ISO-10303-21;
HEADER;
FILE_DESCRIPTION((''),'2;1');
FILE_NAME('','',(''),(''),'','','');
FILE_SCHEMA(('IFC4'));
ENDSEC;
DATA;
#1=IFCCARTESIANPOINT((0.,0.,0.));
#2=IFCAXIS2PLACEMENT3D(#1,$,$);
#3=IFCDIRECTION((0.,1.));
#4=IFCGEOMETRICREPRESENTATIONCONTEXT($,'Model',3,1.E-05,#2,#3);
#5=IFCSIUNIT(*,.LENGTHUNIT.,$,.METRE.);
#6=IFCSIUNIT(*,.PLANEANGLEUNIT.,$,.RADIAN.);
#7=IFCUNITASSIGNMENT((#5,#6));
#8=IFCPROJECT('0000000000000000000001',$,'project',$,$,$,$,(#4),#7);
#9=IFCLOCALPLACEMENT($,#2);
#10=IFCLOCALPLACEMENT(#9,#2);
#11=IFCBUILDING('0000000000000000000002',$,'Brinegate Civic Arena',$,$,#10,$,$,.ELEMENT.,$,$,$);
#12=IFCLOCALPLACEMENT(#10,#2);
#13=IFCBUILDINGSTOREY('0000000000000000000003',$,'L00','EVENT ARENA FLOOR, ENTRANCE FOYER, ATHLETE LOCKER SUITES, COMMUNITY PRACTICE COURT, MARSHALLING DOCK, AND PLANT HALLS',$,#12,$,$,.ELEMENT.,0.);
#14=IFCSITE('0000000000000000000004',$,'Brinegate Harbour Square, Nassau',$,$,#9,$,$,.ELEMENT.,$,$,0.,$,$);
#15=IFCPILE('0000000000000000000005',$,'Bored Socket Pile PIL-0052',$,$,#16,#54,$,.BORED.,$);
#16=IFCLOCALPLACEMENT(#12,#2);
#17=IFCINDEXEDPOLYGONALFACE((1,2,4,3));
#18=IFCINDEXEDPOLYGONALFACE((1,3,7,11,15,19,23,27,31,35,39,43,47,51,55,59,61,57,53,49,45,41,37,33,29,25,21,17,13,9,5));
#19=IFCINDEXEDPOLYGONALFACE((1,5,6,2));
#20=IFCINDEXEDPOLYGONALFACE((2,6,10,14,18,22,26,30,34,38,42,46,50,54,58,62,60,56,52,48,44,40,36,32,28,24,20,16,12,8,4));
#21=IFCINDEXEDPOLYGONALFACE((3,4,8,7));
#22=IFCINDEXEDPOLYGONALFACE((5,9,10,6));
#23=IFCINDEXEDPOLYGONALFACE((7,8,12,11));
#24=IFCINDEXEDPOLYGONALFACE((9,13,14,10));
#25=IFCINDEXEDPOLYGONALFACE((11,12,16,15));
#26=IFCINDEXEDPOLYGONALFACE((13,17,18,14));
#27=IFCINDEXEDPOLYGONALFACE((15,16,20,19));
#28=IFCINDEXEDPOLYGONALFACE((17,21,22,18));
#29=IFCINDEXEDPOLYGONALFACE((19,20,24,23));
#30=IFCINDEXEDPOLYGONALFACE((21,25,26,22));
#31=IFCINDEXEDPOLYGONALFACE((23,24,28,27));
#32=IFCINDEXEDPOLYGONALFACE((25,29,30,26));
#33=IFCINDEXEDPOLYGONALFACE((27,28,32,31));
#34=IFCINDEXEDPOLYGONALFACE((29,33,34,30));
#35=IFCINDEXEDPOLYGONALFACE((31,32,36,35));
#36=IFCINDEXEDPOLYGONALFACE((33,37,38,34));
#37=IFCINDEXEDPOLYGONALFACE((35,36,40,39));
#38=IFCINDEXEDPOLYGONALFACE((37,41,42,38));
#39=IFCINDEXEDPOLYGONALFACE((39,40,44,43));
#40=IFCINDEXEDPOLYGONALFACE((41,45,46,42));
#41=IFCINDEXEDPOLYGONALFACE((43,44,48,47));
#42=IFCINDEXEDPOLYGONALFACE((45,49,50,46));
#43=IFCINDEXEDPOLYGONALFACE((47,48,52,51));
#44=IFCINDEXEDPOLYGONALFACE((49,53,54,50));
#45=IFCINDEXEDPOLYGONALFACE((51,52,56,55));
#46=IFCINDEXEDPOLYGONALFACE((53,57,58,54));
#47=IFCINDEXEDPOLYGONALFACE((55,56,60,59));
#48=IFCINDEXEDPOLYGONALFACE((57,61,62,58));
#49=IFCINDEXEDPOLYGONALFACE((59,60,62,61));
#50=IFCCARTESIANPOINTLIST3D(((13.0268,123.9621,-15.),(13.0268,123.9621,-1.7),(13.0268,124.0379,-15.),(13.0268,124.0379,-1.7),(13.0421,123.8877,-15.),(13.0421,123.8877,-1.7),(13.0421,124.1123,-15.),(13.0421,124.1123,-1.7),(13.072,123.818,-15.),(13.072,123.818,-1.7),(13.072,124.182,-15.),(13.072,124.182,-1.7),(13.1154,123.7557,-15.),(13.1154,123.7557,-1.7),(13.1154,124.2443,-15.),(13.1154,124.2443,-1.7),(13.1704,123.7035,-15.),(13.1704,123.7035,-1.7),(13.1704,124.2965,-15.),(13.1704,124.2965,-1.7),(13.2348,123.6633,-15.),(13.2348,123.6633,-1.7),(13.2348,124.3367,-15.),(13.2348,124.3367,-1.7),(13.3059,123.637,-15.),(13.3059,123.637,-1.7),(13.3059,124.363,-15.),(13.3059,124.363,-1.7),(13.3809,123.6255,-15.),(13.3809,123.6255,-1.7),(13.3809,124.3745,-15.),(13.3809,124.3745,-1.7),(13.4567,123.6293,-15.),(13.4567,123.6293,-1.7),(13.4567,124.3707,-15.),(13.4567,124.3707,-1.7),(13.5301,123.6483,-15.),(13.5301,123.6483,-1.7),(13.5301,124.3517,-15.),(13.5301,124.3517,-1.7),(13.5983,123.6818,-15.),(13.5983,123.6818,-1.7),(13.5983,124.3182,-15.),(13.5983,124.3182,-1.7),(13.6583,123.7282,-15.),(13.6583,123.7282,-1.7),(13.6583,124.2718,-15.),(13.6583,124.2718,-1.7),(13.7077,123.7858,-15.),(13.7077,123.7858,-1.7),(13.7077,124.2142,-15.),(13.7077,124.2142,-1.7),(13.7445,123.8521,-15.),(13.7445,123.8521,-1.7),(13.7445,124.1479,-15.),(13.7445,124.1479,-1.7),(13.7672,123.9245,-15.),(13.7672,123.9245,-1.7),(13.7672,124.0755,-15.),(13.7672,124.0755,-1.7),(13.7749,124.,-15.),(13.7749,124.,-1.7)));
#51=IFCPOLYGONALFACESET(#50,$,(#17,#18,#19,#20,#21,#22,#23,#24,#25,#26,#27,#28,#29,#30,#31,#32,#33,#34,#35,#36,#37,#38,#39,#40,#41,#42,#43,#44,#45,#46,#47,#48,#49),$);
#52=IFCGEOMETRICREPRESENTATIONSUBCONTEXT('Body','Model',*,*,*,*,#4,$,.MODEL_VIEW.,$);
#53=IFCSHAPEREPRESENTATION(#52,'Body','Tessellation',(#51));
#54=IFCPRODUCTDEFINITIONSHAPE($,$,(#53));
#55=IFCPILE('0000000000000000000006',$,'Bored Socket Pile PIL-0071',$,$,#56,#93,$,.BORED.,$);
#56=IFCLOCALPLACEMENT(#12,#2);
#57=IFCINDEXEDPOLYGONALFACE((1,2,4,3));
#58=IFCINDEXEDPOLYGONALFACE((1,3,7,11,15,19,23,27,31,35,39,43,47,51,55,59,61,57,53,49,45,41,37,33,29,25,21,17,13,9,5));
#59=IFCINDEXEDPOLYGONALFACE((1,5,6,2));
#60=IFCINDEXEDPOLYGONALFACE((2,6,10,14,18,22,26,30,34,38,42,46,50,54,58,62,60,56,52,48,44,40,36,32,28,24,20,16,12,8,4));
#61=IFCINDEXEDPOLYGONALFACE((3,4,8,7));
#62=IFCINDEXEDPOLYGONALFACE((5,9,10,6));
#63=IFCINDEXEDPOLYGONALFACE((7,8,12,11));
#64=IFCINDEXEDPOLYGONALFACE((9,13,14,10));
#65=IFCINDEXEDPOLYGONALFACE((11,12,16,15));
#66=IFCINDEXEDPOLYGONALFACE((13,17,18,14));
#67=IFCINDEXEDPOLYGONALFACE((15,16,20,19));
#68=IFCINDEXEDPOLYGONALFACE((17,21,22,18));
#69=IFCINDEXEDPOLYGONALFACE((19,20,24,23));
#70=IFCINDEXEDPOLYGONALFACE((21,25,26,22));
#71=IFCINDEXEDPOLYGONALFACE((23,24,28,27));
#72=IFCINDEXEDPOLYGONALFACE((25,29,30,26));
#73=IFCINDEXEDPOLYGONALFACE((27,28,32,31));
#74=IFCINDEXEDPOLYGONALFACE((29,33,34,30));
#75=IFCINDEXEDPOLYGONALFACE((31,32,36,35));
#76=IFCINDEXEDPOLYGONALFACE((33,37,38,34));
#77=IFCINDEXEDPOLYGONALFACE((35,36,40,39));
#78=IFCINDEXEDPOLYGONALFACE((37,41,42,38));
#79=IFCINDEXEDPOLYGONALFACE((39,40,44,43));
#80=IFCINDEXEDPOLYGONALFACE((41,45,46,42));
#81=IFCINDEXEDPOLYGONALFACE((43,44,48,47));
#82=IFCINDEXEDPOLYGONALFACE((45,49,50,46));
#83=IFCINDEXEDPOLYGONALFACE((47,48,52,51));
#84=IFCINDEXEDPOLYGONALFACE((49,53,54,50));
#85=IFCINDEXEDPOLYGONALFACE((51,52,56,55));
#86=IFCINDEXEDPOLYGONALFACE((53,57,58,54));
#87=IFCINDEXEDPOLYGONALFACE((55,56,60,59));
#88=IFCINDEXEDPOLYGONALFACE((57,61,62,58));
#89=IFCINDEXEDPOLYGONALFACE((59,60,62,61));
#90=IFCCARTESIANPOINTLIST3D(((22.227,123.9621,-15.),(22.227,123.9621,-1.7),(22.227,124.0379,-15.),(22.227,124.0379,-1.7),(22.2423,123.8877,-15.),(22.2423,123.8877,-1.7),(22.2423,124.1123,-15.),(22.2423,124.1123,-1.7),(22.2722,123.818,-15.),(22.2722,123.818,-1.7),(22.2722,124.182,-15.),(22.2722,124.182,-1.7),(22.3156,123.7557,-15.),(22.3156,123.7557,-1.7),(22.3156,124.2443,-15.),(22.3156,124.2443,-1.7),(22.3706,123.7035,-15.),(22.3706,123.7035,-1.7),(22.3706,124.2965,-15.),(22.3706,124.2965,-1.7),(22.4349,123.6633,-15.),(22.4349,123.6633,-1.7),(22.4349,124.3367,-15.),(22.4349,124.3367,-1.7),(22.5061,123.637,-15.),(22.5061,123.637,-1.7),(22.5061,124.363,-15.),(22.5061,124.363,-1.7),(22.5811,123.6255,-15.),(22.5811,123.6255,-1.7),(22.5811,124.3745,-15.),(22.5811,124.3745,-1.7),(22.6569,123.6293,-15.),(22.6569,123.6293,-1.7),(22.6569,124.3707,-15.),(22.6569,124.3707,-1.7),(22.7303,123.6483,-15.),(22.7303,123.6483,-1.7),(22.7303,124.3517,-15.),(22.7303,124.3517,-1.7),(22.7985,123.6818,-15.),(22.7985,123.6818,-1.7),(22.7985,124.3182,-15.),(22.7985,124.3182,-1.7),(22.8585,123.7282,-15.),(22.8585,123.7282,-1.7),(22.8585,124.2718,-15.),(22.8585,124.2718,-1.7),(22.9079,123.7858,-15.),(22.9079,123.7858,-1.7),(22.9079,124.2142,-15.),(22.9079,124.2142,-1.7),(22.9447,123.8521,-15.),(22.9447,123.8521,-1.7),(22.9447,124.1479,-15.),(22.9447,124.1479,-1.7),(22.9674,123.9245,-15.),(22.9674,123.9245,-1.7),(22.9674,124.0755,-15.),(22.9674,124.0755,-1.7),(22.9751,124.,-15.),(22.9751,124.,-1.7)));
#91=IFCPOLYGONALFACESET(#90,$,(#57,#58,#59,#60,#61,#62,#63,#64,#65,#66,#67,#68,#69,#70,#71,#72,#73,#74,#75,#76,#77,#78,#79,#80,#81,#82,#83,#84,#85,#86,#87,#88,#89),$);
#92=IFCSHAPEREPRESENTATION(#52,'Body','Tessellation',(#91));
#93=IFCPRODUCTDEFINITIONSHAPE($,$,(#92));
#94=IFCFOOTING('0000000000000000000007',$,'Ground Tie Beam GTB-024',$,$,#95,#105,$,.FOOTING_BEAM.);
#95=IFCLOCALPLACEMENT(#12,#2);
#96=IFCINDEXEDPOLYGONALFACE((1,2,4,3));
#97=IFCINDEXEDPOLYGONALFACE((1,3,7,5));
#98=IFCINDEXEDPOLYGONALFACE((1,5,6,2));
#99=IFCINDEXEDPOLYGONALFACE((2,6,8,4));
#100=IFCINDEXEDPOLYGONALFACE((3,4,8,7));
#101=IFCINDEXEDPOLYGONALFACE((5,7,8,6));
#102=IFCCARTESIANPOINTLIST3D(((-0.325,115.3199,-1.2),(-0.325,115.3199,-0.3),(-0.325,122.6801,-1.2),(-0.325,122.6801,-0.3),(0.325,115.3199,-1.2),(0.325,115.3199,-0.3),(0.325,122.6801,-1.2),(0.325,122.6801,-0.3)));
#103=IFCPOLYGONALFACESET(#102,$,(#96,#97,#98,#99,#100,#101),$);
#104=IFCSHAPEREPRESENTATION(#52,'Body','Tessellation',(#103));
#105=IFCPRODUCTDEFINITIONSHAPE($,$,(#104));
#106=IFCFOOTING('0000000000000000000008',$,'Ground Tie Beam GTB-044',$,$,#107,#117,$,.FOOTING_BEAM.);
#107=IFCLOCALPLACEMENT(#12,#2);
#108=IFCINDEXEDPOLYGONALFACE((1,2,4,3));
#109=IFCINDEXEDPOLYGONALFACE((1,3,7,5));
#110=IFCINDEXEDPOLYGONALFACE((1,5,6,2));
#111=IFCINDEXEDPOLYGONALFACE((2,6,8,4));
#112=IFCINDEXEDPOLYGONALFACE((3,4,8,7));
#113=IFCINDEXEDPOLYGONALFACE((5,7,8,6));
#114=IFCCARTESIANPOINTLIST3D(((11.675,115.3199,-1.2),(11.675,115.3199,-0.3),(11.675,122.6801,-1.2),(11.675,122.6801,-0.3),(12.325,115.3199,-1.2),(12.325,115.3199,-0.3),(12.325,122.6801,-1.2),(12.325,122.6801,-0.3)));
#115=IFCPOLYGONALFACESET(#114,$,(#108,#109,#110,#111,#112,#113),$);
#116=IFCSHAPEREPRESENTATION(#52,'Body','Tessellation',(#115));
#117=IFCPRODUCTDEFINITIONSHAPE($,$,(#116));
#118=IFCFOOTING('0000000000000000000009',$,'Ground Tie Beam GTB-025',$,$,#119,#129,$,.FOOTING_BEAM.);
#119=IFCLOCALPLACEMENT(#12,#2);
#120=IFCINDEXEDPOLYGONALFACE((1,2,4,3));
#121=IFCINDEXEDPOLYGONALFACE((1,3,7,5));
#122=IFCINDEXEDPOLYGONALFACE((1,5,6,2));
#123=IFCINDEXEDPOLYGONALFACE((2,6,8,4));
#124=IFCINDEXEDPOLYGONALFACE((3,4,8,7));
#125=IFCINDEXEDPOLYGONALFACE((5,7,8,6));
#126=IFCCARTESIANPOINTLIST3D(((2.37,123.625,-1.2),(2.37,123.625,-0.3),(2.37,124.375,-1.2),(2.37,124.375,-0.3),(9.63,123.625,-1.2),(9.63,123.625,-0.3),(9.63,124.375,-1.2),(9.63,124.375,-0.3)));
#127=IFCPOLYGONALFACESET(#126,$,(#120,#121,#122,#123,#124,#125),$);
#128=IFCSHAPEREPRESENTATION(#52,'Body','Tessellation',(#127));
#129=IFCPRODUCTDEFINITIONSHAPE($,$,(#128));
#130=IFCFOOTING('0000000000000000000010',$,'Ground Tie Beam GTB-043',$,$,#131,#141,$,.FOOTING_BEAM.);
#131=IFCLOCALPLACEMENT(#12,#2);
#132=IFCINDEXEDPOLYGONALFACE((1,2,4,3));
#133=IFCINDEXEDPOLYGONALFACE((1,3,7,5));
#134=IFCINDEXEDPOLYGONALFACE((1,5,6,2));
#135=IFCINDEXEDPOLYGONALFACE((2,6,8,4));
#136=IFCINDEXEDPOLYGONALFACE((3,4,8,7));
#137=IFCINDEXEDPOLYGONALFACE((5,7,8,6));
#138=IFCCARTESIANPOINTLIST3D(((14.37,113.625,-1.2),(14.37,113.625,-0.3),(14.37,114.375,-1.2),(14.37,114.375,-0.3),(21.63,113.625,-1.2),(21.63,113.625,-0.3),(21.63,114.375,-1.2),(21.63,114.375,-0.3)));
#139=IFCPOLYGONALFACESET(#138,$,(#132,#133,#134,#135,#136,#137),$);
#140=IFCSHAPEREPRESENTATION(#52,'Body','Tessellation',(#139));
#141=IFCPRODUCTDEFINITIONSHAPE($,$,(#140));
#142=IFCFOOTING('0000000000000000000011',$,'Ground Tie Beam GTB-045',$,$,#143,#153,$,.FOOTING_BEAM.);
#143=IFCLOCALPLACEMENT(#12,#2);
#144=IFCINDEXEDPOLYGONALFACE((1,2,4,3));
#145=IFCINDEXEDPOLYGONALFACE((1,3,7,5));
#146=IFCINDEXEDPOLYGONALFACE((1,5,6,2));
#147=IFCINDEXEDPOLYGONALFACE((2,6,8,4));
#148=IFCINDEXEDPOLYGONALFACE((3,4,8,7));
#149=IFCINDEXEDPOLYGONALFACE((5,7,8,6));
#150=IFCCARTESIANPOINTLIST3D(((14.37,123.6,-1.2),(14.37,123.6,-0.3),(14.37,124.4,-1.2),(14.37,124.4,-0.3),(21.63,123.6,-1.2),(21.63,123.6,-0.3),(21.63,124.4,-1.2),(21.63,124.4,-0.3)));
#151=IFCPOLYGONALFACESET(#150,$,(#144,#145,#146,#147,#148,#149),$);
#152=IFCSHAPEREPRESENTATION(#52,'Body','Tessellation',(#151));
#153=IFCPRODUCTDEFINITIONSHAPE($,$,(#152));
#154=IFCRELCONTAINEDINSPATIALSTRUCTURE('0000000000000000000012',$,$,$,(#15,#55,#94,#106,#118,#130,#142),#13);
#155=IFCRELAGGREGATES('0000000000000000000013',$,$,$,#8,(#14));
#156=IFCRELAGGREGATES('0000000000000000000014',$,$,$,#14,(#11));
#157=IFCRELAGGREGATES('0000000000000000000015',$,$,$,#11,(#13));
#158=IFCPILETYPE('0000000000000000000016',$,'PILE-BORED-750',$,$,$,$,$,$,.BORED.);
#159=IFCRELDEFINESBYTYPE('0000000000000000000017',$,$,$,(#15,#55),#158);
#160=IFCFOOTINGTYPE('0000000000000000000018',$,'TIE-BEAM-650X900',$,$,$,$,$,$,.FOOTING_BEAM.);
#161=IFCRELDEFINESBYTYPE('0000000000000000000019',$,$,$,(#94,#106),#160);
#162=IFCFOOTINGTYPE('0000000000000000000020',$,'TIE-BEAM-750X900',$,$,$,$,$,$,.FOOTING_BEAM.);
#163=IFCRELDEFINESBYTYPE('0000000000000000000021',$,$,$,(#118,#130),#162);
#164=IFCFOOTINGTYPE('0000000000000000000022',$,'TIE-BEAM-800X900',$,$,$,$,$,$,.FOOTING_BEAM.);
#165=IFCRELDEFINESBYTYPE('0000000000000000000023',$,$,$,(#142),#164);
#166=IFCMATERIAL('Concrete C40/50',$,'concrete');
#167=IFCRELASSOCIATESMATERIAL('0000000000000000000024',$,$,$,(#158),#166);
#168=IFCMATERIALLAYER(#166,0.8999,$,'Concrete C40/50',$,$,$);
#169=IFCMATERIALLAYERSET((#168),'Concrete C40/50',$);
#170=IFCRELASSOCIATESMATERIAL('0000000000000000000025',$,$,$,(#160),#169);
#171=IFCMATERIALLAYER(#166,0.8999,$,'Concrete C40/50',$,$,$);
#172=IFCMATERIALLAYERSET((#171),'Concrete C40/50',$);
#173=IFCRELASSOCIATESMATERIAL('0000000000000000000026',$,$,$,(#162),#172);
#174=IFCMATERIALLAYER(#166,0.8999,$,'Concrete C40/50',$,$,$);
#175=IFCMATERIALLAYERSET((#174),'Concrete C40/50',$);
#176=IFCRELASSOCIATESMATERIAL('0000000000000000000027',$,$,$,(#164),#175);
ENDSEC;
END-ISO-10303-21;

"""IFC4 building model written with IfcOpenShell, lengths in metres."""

from ifc_helpers import new_model, si_unit, direction, frame, origin, origin_2d, place, context, subcontext, project, spatial, rectangle, circle, extrude, material, layer, layer_set, material_profile, profile_set, type_object, element, save


model = new_model("IFC4")

# Units and contexts
model_context = context("Model", 3, precision=1e-05, world=origin(), true_north=direction((0.0, 1.0)))
body_context = subcontext(model_context, "Body", "Model", "MODEL_VIEW")
ifc_project = project(units=[si_unit("LENGTHUNIT", "METRE"), si_unit("PLANEANGLEUNIT", "RADIAN")], contexts=[model_context])

# Site, building, storey
site_placement = place(None, origin())
site = spatial("IfcSite", under=ifc_project, at=site_placement, Name="Brinegate Harbour Square, Nassau", CompositionType="ELEMENT", RefElevation=0.0)
building_placement = place(site_placement, origin())
building = spatial("IfcBuilding", under=site, at=building_placement, Name="Brinegate Civic Arena", CompositionType="ELEMENT")
storey_placement = place(building_placement, origin())
storey = spatial("IfcBuildingStorey", under=building, at=storey_placement, Name="L00", Description="EVENT ARENA FLOOR, ENTRANCE FOYER, ATHLETE LOCKER SUITES, COMMUNITY PRACTICE COURT, MARSHALLING DOCK, AND PLANT HALLS", CompositionType="ELEMENT", Elevation=0.0)

# Shared definitions
ifc_material_1 = material(Name="Concrete C40/50", Category="concrete")

# Piles
ifc_material_profile_1 = material_profile(ifc_material_1, circle(Radius=0.375, at=origin_2d()), Name="PILED750")
ifc_profile_set_1 = profile_set([ifc_material_profile_1], Name="Concrete C40/50")
pile_type_1 = type_object("IfcPileType", Name="PILE-BORED-750", PredefinedType="BORED", material=ifc_profile_set_1)
for number, where, z_axis, x_axis, name in (
    (1, (13.3999, 124.0, -1.7), (0.0, 0.0, -1.0), (1.0, 0.0, 0.0), "Bored Socket Pile PIL-0052"),
    (2, (22.6001, 124.0, -1.7), (0.0, 0.0, -1.0), (1.0, 0.0, 0.0), "Bored Socket Pile PIL-0071"),
):
    element("IfcPile", number, at=place(storey_placement, frame(where, z_axis=z_axis, x_axis=x_axis)), inside=storey, type_object=pile_type_1, Name=name, PredefinedType="BORED", context=body_context, shape_type="SweptSolid", body=[
        extrude(circle(Radius=0.375, at=origin_2d()), origin(), (0.0, 0.0, 1.0), 13.3),
    ])

# Footings
ifc_layer_1 = layer(ifc_material_1, 0.8999, Name="Concrete C40/50")
ifc_layer_set_1 = layer_set([ifc_layer_1], Name="Concrete C40/50")
footing_type_1 = type_object("IfcFootingType", Name="TIE-BEAM-650X900", PredefinedType="FOOTING_BEAM", material=ifc_layer_set_1)
for number, where, z_axis, x_axis, name in (
    (3, (0.0, 119.0, -1.2), (0.0, 0.0, 1.0), (0.0, 1.0, 0.0), "Ground Tie Beam GTB-024"),
    (4, (12.0, 119.0, -1.2), (0.0, 0.0, 1.0), (0.0, 1.0, 0.0), "Ground Tie Beam GTB-044"),
):
    element("IfcFooting", number, at=place(storey_placement, frame(where, z_axis=z_axis, x_axis=x_axis)), inside=storey, type_object=footing_type_1, Name=name, PredefinedType="FOOTING_BEAM", context=body_context, shape_type="SweptSolid", body=[
        extrude(rectangle(XDim=7.3601, YDim=0.6499, at=origin_2d()), origin(), (0.0, 0.0, 1.0), 0.8999),
    ])
ifc_layer_2 = layer(ifc_material_1, 0.8999, Name="Concrete C40/50")
ifc_layer_set_2 = layer_set([ifc_layer_2], Name="Concrete C40/50")
footing_type_2 = type_object("IfcFootingType", Name="TIE-BEAM-750X900", PredefinedType="FOOTING_BEAM", material=ifc_layer_set_2)
for number, where, z_axis, x_axis, name in (
    (5, (6.0, 124.0, -1.2), (0.0, 0.0, 1.0), (1.0, 0.0, 0.0), "Ground Tie Beam GTB-025"),
    (6, (18.0, 114.0, -1.2), (0.0, 0.0, 1.0), (1.0, 0.0, 0.0), "Ground Tie Beam GTB-043"),
):
    element("IfcFooting", number, at=place(storey_placement, frame(where, z_axis=z_axis, x_axis=x_axis)), inside=storey, type_object=footing_type_2, Name=name, PredefinedType="FOOTING_BEAM", context=body_context, shape_type="SweptSolid", body=[
        extrude(rectangle(XDim=7.26, YDim=0.75, at=origin_2d()), origin(), (0.0, 0.0, 1.0), 0.8999),
    ])
ifc_layer_3 = layer(ifc_material_1, 0.8999, Name="Concrete C40/50")
ifc_layer_set_3 = layer_set([ifc_layer_3], Name="Concrete C40/50")
footing_type_3 = type_object("IfcFootingType", Name="TIE-BEAM-800X900", PredefinedType="FOOTING_BEAM", material=ifc_layer_set_3)
footing_placement = place(storey_placement, frame((18.0, 124.0, -1.2), z_axis=(0.0, 0.0, 1.0), x_axis=(1.0, 0.0, 0.0)))
element("IfcFooting", 7, at=footing_placement, inside=storey, type_object=footing_type_3, Name="Ground Tie Beam GTB-045", PredefinedType="FOOTING_BEAM", context=body_context, shape_type="SweptSolid", body=[
    extrude(rectangle(XDim=7.26, YDim=0.8, at=origin_2d()), origin(), (0.0, 0.0, 1.0), 0.8999),
])

save(model, "model.ifc")
